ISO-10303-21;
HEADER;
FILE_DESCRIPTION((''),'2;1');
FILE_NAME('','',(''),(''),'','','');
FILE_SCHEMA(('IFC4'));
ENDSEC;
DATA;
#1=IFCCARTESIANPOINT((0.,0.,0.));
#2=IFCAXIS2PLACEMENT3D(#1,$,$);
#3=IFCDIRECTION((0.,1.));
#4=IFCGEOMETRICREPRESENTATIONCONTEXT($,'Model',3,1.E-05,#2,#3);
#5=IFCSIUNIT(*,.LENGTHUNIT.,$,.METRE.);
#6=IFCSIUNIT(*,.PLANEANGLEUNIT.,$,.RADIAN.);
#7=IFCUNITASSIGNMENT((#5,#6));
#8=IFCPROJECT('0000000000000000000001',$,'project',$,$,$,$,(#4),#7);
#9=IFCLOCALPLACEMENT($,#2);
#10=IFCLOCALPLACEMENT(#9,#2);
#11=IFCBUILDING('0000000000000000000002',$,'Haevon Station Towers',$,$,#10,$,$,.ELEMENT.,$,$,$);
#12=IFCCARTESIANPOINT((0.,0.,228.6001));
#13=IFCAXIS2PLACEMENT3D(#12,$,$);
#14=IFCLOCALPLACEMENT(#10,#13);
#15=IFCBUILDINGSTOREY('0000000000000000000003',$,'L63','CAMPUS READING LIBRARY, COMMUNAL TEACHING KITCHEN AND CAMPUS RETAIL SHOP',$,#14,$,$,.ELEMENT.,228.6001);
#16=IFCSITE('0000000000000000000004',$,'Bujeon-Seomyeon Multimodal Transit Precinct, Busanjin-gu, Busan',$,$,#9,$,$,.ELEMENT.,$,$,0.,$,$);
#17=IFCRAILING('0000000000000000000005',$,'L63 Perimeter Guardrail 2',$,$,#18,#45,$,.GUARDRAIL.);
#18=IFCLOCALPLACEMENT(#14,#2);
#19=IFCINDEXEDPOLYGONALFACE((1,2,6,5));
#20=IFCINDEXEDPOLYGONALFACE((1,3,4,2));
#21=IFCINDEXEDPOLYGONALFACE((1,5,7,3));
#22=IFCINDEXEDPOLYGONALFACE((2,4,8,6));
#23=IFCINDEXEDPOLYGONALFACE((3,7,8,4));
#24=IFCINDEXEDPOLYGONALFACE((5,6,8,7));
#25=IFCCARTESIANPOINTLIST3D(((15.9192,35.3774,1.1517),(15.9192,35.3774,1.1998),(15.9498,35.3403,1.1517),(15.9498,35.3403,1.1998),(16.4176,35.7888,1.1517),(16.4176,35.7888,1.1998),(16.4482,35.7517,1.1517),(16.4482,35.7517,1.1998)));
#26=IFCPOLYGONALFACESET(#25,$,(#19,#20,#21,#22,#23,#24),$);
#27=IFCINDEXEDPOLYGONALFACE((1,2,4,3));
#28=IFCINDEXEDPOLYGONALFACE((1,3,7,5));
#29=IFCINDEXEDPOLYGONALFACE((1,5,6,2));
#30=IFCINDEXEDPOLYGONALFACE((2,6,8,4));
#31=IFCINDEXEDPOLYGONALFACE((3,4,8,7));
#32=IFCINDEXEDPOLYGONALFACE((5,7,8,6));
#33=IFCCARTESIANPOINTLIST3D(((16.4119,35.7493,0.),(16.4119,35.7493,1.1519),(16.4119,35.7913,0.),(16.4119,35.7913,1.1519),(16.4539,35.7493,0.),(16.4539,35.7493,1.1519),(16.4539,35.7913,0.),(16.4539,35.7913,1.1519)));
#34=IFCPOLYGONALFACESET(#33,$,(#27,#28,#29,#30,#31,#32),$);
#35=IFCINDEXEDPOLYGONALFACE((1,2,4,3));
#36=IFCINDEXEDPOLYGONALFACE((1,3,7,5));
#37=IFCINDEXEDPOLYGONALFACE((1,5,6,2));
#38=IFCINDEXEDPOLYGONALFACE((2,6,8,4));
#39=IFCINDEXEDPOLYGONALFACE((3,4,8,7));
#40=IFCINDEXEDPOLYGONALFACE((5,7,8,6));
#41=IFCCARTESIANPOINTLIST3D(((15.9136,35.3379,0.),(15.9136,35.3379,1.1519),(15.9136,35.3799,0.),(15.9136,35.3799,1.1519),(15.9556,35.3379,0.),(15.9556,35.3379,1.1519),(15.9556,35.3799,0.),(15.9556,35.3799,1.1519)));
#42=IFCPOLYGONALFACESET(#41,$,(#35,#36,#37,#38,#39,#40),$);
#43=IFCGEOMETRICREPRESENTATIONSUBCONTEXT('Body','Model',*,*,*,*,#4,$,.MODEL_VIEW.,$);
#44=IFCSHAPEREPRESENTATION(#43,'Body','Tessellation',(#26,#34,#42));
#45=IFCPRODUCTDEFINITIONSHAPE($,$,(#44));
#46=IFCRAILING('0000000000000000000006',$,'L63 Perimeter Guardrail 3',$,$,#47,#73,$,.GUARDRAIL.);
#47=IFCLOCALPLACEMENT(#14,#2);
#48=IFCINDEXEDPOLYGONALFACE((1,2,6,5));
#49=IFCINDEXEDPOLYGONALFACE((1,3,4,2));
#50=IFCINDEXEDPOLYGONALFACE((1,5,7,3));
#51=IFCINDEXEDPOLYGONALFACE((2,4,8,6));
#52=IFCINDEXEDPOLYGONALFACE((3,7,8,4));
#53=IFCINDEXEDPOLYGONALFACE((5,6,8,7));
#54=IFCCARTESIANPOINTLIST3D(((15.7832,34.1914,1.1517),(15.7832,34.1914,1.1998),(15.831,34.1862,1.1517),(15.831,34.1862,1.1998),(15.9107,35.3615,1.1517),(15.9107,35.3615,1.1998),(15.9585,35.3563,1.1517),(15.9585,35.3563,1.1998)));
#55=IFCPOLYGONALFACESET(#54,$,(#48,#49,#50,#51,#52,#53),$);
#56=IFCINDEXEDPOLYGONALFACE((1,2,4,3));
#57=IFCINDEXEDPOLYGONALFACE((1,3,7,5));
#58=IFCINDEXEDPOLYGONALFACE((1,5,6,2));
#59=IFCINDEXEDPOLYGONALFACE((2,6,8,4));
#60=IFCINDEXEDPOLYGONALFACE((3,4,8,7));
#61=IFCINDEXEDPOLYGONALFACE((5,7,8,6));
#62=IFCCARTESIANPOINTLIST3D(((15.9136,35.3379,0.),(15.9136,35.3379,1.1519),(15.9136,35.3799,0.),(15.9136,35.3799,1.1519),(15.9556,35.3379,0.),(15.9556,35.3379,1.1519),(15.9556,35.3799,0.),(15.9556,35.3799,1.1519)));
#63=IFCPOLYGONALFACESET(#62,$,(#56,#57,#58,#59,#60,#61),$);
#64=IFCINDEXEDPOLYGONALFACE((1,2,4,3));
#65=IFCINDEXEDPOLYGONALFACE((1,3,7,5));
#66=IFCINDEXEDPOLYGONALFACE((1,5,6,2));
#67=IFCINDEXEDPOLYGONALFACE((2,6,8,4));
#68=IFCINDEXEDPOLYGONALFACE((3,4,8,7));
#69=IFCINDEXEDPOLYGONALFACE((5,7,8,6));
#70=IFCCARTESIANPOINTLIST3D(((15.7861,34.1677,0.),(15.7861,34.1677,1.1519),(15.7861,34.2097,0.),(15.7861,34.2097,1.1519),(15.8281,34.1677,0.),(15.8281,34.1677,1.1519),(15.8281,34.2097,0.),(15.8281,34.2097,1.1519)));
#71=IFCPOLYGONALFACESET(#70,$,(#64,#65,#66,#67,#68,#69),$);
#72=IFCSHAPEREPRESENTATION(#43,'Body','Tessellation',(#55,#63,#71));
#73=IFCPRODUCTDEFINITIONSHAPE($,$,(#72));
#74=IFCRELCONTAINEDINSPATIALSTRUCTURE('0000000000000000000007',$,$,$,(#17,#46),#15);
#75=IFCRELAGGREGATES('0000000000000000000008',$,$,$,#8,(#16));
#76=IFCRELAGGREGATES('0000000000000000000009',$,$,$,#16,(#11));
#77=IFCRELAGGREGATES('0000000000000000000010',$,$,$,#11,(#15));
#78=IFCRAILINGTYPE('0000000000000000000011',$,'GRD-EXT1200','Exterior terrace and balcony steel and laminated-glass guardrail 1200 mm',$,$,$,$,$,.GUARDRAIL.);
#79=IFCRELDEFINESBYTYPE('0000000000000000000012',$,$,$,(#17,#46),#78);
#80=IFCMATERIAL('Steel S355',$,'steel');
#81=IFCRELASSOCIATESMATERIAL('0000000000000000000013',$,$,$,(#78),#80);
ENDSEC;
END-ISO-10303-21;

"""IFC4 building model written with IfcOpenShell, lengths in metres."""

from ifc_helpers import new_model, si_unit, direction, frame, origin, origin_2d, place, context, subcontext, project, spatial, rectangle, extrude, material, type_object, element, save


model = new_model("IFC4")

# Units and contexts
model_context = context("Model", 3, precision=1e-05, world=origin(), true_north=direction((0.0, 1.0)))
body_context = subcontext(model_context, "Body", "Model", "MODEL_VIEW")
ifc_project = project(units=[si_unit("LENGTHUNIT", "METRE"), si_unit("PLANEANGLEUNIT", "RADIAN")], contexts=[model_context])

# Site, building, storey
site_placement = place(None, origin())
site = spatial("IfcSite", under=ifc_project, at=site_placement, Name="Bujeon-Seomyeon Multimodal Transit Precinct, Busanjin-gu, Busan", CompositionType="ELEMENT", RefElevation=0.0)
building_placement = place(site_placement, origin())
building = spatial("IfcBuilding", under=site, at=building_placement, Name="Haevon Station Towers", CompositionType="ELEMENT")
storey_placement = place(building_placement, frame((0.0, 0.0, 228.6001)))
storey = spatial("IfcBuildingStorey", under=building, at=storey_placement, Name="L63", Description="CAMPUS READING LIBRARY, COMMUNAL TEACHING KITCHEN AND CAMPUS RETAIL SHOP", CompositionType="ELEMENT", Elevation=228.6001)

# Shared definitions
ifc_material_1 = material(Name="Steel S355", Category="steel")

# Railings
railing_type = type_object("IfcRailingType", Name="GRD-EXT1200", Description="Exterior terrace and balcony steel and laminated-glass guardrail 1200 mm", PredefinedType="GUARDRAIL", material=ifc_material_1)
railing_1_placement = place(storey_placement, frame((16.4329, 35.7703, 0.0)))
element("IfcRailing", 1, at=railing_1_placement, inside=storey, type_object=railing_type, Name="L63 Perimeter Guardrail 2", PredefinedType="GUARDRAIL", context=body_context, shape_type="SweptSolid", body=[
    extrude(rectangle(XDim=0.0481, YDim=0.0481, at=origin_2d()), frame((0.0, 0.0, 1.1758), z_axis=(-0.771155, -0.636647, 0.0), x_axis=(0.636647, -0.771155, 0.0)), (0.0, 0.0, 1.0), 0.6462),
    extrude(rectangle(XDim=0.042, YDim=0.042, at=origin_2d()), origin(), (0.0, 0.0, 1.0), 1.1519),
    extrude(rectangle(XDim=0.042, YDim=0.042, at=origin_2d()), frame((-0.4983, -0.4114, 0.0)), (0.0, 0.0, 1.0), 1.1519),
])
railing_2_placement = place(storey_placement, frame((15.9346, 35.3589, 0.0)))
element("IfcRailing", 2, at=railing_2_placement, inside=storey, type_object=railing_type, Name="L63 Perimeter Guardrail 3", PredefinedType="GUARDRAIL", context=body_context, shape_type="SweptSolid", body=[
    extrude(rectangle(XDim=0.0481, YDim=0.0481, at=origin_2d()), frame((0.0, 0.0, 1.1758), z_axis=(-0.108269, -0.994122, 0.0), x_axis=(0.994122, -0.108269, 0.0)), (0.0, 0.0, 1.0), 1.177),
    extrude(rectangle(XDim=0.042, YDim=0.042, at=origin_2d()), origin(), (0.0, 0.0, 1.0), 1.1519),
    extrude(rectangle(XDim=0.042, YDim=0.042, at=origin_2d()), frame((-0.1274, -1.1702, 0.0)), (0.0, 0.0, 1.0), 1.1519),
])

save(model, "model.ifc")
